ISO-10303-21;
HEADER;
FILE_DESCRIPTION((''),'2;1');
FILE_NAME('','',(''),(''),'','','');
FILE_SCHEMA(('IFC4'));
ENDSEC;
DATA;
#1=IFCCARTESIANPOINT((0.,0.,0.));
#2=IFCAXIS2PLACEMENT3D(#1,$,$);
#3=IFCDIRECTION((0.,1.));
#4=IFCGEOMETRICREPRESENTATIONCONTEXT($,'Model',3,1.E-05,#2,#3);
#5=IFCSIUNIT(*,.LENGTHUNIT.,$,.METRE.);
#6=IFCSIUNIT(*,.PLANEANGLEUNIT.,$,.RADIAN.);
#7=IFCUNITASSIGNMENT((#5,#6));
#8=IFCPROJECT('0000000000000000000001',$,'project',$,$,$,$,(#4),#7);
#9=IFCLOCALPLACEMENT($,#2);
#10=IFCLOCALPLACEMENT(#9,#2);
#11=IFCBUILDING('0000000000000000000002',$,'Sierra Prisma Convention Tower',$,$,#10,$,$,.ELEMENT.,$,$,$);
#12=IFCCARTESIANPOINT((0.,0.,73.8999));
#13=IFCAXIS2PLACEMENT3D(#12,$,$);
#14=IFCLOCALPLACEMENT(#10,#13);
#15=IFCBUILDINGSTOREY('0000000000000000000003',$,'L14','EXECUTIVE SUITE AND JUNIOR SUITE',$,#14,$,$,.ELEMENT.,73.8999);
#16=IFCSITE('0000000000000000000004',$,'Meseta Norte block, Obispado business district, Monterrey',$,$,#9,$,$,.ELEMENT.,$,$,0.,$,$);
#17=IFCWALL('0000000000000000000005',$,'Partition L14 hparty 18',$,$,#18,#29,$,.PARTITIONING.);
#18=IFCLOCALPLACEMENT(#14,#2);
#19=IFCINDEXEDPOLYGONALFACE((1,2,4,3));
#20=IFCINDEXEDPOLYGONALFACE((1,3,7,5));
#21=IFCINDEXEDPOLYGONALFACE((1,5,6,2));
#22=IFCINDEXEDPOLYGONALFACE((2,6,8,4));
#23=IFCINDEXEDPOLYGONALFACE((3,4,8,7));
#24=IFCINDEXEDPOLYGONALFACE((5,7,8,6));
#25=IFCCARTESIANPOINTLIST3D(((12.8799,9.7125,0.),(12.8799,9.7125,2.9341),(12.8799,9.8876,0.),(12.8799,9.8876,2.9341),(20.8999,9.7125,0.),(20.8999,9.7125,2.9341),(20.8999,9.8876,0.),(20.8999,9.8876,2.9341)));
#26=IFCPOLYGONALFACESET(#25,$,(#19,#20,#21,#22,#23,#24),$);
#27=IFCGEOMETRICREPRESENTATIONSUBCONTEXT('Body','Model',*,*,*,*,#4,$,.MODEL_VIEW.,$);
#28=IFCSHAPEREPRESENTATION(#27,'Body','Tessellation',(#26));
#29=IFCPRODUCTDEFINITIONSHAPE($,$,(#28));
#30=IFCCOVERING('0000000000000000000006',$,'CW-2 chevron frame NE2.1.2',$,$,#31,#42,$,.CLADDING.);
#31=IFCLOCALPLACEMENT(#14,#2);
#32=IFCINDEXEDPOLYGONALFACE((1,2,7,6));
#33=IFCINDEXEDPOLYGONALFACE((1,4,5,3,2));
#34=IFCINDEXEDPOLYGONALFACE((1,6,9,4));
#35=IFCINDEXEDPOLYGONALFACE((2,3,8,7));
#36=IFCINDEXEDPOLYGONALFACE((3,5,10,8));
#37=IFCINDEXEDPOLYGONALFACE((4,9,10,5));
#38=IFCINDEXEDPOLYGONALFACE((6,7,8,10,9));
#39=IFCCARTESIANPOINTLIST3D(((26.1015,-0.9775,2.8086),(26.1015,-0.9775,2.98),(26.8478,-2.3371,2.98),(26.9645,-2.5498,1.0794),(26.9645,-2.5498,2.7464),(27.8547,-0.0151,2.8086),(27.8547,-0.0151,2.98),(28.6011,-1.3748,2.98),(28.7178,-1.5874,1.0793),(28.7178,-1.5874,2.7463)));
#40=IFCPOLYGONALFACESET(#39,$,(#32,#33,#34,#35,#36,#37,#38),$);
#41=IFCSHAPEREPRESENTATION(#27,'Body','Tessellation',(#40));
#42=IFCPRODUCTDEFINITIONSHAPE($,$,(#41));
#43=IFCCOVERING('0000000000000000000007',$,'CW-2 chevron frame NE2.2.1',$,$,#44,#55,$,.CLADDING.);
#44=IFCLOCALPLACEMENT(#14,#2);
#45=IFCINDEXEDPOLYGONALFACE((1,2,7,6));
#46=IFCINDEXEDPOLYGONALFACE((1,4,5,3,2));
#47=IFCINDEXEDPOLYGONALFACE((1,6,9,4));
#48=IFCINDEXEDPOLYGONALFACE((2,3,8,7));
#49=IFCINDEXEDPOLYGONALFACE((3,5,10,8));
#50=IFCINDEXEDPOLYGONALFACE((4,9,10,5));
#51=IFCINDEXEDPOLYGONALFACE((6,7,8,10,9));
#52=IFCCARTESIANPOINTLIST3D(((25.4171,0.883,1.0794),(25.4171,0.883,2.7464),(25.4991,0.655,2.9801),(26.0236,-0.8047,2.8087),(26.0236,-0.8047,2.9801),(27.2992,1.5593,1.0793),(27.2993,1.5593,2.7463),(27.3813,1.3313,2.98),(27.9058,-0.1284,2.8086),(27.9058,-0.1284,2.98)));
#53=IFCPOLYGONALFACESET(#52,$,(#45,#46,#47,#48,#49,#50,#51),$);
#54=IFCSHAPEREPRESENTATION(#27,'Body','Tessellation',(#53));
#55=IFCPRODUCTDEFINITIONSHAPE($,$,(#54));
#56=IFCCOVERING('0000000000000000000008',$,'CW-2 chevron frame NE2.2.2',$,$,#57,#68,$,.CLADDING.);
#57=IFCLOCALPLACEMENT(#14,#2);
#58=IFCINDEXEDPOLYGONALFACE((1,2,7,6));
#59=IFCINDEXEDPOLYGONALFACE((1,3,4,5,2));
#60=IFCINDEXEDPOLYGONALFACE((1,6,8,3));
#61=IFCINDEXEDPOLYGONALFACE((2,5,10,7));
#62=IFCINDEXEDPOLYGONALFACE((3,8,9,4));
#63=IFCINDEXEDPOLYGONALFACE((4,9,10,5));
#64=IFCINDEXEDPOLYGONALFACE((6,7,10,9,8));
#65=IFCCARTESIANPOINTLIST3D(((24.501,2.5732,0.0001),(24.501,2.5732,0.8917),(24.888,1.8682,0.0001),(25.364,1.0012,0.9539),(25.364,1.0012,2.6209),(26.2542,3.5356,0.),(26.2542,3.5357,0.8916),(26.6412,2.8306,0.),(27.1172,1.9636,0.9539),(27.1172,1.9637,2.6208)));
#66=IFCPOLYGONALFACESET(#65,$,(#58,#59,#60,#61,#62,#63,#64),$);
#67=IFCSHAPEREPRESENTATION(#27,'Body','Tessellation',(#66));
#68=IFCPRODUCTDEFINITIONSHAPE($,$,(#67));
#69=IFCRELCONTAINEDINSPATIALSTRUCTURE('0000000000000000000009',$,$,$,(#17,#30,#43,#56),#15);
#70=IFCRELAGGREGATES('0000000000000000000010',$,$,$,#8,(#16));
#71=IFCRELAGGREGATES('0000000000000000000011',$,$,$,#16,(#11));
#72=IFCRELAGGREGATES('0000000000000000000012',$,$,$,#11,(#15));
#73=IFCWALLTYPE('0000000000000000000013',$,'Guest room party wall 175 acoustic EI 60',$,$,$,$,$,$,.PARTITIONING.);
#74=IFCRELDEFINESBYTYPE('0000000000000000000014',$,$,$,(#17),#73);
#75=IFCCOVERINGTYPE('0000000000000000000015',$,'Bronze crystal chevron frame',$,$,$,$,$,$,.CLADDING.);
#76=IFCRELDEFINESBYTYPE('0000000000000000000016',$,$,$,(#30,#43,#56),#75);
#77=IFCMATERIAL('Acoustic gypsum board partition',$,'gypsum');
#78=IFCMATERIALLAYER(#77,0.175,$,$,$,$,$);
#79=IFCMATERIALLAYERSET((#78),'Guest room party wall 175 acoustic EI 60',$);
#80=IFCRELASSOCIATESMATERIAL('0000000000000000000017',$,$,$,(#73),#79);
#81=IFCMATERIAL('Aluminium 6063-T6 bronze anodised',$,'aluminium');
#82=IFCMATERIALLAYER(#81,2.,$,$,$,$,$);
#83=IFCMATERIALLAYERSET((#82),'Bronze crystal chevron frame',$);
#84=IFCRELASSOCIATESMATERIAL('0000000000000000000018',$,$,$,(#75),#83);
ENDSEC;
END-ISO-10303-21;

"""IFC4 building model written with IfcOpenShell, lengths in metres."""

from ifc_helpers import new_model, si_unit, direction, frame, frame_2d, origin, place, context, subcontext, project, spatial, polyline, rectangle, outline, extrude, material, layer, layer_set, type_object, element, save


model = new_model("IFC4")

# Units and contexts
model_context = context("Model", 3, precision=1e-05, world=origin(), true_north=direction((0.0, 1.0)))
body_context = subcontext(model_context, "Body", "Model", "MODEL_VIEW")
ifc_project = project(units=[si_unit("LENGTHUNIT", "METRE"), si_unit("PLANEANGLEUNIT", "RADIAN")], contexts=[model_context])

# Site, building, storey
site_placement = place(None, origin())
site = spatial("IfcSite", under=ifc_project, at=site_placement, Name="Meseta Norte block, Obispado business district, Monterrey", CompositionType="ELEMENT", RefElevation=0.0)
building_placement = place(site_placement, origin())
building = spatial("IfcBuilding", under=site, at=building_placement, Name="Sierra Prisma Convention Tower", CompositionType="ELEMENT")
storey_placement = place(building_placement, frame((0.0, 0.0, 73.8999)))
storey = spatial("IfcBuildingStorey", under=building, at=storey_placement, Name="L14", Description="EXECUTIVE SUITE AND JUNIOR SUITE", CompositionType="ELEMENT", Elevation=73.8999)

# Wall
ifc_material_1 = material(Name="Acoustic gypsum board partition", Category="gypsum")
ifc_layer_1 = layer(ifc_material_1, 0.175)
ifc_layer_set_1 = layer_set([ifc_layer_1], Name="Guest room party wall 175 acoustic EI 60")
wall_type_1 = type_object("IfcWallType", Name="Guest room party wall 175 acoustic EI 60", PredefinedType="PARTITIONING", material=ifc_layer_set_1)
wall_1_placement = place(storey_placement, frame((20.8999, 9.8, 0.0), z_axis=(0.0, 0.0, 1.0), x_axis=(-1.0, 0.0, 0.0)))
element("IfcWall", 1, at=wall_1_placement, inside=storey, type_object=wall_type_1, Name="Partition L14 hparty 18", PredefinedType="PARTITIONING", context=body_context, shape_type="SweptSolid", body=[
    extrude(rectangle(XDim=8.02, YDim=0.175, at=frame_2d((4.01, 0.0))), origin(), (0.0, 0.0, 1.0), 2.9341),
])

# Coverings
ifc_material_2 = material(Name="Aluminium 6063-T6 bronze anodised", Category="aluminium")
ifc_layer_2 = layer(ifc_material_2, 2.0)
ifc_layer_set_2 = layer_set([ifc_layer_2], Name="Bronze crystal chevron frame")
covering_type = type_object("IfcCoveringType", Name="Bronze crystal chevron frame", PredefinedType="CLADDING", material=ifc_layer_set_2)
covering_1_placement = place(storey_placement, frame((28.7178, -1.5874, 2.7463), z_axis=(0.876617, 0.481188, -0.000011), x_axis=(-0.000009, -0.000005, -1.0)))
element("IfcCovering", 2, at=covering_1_placement, inside=storey, type_object=covering_type, Name="CW-2 chevron frame NE2.1.2", PredefinedType="CLADDING", context=body_context, shape_type="SweptSolid", body=[
    extrude(outline(polyline([(0.0, 0.0), (1.667, 0.0), (-0.0623, 1.7936), (-0.2336, 1.7936), (-0.2336, 0.2426), (0.0, 0.0)])), origin(), (0.0, 0.0, -1.0), 2.0),
])
covering_2_placement = place(storey_placement, frame((27.9058, -0.1284, 2.98), z_axis=(0.941092, 0.33815, -0.000044), x_axis=(-0.000042, -0.000015, -1.0)))
element("IfcCovering", 3, at=covering_2_placement, inside=storey, type_object=covering_type, Name="CW-2 chevron frame NE2.2.1", PredefinedType="CLADDING", context=body_context, shape_type="SweptSolid", body=[
    extrude(outline(polyline([(0.0, 0.0), (0.1714, 0.0), (1.9006, 1.7934), (0.2336, 1.7934), (0.0, 1.5511), (0.0, 0.0)])), origin(), (0.0, 0.0, -1.0), 2.0),
])
covering_3_placement = place(storey_placement, frame((26.2542, 3.5356, 0.0), z_axis=(0.876596, 0.481228, -0.000036), x_axis=(0.000032, 0.000017, 1.0)))
element("IfcCovering", 4, at=covering_3_placement, inside=storey, type_object=covering_type, Name="CW-2 chevron frame NE2.2.2", PredefinedType="CLADDING", context=body_context, shape_type="SweptSolid", body=[
    extrude(outline(polyline([(0.0, 0.0), (0.8916, 0.0), (2.6208, 1.7933), (0.9539, 1.7933), (0.0, 0.8043), (0.0, 0.0)])), origin(), (0.0, 0.0, -1.0), 2.0),
])

save(model, "model.ifc")
